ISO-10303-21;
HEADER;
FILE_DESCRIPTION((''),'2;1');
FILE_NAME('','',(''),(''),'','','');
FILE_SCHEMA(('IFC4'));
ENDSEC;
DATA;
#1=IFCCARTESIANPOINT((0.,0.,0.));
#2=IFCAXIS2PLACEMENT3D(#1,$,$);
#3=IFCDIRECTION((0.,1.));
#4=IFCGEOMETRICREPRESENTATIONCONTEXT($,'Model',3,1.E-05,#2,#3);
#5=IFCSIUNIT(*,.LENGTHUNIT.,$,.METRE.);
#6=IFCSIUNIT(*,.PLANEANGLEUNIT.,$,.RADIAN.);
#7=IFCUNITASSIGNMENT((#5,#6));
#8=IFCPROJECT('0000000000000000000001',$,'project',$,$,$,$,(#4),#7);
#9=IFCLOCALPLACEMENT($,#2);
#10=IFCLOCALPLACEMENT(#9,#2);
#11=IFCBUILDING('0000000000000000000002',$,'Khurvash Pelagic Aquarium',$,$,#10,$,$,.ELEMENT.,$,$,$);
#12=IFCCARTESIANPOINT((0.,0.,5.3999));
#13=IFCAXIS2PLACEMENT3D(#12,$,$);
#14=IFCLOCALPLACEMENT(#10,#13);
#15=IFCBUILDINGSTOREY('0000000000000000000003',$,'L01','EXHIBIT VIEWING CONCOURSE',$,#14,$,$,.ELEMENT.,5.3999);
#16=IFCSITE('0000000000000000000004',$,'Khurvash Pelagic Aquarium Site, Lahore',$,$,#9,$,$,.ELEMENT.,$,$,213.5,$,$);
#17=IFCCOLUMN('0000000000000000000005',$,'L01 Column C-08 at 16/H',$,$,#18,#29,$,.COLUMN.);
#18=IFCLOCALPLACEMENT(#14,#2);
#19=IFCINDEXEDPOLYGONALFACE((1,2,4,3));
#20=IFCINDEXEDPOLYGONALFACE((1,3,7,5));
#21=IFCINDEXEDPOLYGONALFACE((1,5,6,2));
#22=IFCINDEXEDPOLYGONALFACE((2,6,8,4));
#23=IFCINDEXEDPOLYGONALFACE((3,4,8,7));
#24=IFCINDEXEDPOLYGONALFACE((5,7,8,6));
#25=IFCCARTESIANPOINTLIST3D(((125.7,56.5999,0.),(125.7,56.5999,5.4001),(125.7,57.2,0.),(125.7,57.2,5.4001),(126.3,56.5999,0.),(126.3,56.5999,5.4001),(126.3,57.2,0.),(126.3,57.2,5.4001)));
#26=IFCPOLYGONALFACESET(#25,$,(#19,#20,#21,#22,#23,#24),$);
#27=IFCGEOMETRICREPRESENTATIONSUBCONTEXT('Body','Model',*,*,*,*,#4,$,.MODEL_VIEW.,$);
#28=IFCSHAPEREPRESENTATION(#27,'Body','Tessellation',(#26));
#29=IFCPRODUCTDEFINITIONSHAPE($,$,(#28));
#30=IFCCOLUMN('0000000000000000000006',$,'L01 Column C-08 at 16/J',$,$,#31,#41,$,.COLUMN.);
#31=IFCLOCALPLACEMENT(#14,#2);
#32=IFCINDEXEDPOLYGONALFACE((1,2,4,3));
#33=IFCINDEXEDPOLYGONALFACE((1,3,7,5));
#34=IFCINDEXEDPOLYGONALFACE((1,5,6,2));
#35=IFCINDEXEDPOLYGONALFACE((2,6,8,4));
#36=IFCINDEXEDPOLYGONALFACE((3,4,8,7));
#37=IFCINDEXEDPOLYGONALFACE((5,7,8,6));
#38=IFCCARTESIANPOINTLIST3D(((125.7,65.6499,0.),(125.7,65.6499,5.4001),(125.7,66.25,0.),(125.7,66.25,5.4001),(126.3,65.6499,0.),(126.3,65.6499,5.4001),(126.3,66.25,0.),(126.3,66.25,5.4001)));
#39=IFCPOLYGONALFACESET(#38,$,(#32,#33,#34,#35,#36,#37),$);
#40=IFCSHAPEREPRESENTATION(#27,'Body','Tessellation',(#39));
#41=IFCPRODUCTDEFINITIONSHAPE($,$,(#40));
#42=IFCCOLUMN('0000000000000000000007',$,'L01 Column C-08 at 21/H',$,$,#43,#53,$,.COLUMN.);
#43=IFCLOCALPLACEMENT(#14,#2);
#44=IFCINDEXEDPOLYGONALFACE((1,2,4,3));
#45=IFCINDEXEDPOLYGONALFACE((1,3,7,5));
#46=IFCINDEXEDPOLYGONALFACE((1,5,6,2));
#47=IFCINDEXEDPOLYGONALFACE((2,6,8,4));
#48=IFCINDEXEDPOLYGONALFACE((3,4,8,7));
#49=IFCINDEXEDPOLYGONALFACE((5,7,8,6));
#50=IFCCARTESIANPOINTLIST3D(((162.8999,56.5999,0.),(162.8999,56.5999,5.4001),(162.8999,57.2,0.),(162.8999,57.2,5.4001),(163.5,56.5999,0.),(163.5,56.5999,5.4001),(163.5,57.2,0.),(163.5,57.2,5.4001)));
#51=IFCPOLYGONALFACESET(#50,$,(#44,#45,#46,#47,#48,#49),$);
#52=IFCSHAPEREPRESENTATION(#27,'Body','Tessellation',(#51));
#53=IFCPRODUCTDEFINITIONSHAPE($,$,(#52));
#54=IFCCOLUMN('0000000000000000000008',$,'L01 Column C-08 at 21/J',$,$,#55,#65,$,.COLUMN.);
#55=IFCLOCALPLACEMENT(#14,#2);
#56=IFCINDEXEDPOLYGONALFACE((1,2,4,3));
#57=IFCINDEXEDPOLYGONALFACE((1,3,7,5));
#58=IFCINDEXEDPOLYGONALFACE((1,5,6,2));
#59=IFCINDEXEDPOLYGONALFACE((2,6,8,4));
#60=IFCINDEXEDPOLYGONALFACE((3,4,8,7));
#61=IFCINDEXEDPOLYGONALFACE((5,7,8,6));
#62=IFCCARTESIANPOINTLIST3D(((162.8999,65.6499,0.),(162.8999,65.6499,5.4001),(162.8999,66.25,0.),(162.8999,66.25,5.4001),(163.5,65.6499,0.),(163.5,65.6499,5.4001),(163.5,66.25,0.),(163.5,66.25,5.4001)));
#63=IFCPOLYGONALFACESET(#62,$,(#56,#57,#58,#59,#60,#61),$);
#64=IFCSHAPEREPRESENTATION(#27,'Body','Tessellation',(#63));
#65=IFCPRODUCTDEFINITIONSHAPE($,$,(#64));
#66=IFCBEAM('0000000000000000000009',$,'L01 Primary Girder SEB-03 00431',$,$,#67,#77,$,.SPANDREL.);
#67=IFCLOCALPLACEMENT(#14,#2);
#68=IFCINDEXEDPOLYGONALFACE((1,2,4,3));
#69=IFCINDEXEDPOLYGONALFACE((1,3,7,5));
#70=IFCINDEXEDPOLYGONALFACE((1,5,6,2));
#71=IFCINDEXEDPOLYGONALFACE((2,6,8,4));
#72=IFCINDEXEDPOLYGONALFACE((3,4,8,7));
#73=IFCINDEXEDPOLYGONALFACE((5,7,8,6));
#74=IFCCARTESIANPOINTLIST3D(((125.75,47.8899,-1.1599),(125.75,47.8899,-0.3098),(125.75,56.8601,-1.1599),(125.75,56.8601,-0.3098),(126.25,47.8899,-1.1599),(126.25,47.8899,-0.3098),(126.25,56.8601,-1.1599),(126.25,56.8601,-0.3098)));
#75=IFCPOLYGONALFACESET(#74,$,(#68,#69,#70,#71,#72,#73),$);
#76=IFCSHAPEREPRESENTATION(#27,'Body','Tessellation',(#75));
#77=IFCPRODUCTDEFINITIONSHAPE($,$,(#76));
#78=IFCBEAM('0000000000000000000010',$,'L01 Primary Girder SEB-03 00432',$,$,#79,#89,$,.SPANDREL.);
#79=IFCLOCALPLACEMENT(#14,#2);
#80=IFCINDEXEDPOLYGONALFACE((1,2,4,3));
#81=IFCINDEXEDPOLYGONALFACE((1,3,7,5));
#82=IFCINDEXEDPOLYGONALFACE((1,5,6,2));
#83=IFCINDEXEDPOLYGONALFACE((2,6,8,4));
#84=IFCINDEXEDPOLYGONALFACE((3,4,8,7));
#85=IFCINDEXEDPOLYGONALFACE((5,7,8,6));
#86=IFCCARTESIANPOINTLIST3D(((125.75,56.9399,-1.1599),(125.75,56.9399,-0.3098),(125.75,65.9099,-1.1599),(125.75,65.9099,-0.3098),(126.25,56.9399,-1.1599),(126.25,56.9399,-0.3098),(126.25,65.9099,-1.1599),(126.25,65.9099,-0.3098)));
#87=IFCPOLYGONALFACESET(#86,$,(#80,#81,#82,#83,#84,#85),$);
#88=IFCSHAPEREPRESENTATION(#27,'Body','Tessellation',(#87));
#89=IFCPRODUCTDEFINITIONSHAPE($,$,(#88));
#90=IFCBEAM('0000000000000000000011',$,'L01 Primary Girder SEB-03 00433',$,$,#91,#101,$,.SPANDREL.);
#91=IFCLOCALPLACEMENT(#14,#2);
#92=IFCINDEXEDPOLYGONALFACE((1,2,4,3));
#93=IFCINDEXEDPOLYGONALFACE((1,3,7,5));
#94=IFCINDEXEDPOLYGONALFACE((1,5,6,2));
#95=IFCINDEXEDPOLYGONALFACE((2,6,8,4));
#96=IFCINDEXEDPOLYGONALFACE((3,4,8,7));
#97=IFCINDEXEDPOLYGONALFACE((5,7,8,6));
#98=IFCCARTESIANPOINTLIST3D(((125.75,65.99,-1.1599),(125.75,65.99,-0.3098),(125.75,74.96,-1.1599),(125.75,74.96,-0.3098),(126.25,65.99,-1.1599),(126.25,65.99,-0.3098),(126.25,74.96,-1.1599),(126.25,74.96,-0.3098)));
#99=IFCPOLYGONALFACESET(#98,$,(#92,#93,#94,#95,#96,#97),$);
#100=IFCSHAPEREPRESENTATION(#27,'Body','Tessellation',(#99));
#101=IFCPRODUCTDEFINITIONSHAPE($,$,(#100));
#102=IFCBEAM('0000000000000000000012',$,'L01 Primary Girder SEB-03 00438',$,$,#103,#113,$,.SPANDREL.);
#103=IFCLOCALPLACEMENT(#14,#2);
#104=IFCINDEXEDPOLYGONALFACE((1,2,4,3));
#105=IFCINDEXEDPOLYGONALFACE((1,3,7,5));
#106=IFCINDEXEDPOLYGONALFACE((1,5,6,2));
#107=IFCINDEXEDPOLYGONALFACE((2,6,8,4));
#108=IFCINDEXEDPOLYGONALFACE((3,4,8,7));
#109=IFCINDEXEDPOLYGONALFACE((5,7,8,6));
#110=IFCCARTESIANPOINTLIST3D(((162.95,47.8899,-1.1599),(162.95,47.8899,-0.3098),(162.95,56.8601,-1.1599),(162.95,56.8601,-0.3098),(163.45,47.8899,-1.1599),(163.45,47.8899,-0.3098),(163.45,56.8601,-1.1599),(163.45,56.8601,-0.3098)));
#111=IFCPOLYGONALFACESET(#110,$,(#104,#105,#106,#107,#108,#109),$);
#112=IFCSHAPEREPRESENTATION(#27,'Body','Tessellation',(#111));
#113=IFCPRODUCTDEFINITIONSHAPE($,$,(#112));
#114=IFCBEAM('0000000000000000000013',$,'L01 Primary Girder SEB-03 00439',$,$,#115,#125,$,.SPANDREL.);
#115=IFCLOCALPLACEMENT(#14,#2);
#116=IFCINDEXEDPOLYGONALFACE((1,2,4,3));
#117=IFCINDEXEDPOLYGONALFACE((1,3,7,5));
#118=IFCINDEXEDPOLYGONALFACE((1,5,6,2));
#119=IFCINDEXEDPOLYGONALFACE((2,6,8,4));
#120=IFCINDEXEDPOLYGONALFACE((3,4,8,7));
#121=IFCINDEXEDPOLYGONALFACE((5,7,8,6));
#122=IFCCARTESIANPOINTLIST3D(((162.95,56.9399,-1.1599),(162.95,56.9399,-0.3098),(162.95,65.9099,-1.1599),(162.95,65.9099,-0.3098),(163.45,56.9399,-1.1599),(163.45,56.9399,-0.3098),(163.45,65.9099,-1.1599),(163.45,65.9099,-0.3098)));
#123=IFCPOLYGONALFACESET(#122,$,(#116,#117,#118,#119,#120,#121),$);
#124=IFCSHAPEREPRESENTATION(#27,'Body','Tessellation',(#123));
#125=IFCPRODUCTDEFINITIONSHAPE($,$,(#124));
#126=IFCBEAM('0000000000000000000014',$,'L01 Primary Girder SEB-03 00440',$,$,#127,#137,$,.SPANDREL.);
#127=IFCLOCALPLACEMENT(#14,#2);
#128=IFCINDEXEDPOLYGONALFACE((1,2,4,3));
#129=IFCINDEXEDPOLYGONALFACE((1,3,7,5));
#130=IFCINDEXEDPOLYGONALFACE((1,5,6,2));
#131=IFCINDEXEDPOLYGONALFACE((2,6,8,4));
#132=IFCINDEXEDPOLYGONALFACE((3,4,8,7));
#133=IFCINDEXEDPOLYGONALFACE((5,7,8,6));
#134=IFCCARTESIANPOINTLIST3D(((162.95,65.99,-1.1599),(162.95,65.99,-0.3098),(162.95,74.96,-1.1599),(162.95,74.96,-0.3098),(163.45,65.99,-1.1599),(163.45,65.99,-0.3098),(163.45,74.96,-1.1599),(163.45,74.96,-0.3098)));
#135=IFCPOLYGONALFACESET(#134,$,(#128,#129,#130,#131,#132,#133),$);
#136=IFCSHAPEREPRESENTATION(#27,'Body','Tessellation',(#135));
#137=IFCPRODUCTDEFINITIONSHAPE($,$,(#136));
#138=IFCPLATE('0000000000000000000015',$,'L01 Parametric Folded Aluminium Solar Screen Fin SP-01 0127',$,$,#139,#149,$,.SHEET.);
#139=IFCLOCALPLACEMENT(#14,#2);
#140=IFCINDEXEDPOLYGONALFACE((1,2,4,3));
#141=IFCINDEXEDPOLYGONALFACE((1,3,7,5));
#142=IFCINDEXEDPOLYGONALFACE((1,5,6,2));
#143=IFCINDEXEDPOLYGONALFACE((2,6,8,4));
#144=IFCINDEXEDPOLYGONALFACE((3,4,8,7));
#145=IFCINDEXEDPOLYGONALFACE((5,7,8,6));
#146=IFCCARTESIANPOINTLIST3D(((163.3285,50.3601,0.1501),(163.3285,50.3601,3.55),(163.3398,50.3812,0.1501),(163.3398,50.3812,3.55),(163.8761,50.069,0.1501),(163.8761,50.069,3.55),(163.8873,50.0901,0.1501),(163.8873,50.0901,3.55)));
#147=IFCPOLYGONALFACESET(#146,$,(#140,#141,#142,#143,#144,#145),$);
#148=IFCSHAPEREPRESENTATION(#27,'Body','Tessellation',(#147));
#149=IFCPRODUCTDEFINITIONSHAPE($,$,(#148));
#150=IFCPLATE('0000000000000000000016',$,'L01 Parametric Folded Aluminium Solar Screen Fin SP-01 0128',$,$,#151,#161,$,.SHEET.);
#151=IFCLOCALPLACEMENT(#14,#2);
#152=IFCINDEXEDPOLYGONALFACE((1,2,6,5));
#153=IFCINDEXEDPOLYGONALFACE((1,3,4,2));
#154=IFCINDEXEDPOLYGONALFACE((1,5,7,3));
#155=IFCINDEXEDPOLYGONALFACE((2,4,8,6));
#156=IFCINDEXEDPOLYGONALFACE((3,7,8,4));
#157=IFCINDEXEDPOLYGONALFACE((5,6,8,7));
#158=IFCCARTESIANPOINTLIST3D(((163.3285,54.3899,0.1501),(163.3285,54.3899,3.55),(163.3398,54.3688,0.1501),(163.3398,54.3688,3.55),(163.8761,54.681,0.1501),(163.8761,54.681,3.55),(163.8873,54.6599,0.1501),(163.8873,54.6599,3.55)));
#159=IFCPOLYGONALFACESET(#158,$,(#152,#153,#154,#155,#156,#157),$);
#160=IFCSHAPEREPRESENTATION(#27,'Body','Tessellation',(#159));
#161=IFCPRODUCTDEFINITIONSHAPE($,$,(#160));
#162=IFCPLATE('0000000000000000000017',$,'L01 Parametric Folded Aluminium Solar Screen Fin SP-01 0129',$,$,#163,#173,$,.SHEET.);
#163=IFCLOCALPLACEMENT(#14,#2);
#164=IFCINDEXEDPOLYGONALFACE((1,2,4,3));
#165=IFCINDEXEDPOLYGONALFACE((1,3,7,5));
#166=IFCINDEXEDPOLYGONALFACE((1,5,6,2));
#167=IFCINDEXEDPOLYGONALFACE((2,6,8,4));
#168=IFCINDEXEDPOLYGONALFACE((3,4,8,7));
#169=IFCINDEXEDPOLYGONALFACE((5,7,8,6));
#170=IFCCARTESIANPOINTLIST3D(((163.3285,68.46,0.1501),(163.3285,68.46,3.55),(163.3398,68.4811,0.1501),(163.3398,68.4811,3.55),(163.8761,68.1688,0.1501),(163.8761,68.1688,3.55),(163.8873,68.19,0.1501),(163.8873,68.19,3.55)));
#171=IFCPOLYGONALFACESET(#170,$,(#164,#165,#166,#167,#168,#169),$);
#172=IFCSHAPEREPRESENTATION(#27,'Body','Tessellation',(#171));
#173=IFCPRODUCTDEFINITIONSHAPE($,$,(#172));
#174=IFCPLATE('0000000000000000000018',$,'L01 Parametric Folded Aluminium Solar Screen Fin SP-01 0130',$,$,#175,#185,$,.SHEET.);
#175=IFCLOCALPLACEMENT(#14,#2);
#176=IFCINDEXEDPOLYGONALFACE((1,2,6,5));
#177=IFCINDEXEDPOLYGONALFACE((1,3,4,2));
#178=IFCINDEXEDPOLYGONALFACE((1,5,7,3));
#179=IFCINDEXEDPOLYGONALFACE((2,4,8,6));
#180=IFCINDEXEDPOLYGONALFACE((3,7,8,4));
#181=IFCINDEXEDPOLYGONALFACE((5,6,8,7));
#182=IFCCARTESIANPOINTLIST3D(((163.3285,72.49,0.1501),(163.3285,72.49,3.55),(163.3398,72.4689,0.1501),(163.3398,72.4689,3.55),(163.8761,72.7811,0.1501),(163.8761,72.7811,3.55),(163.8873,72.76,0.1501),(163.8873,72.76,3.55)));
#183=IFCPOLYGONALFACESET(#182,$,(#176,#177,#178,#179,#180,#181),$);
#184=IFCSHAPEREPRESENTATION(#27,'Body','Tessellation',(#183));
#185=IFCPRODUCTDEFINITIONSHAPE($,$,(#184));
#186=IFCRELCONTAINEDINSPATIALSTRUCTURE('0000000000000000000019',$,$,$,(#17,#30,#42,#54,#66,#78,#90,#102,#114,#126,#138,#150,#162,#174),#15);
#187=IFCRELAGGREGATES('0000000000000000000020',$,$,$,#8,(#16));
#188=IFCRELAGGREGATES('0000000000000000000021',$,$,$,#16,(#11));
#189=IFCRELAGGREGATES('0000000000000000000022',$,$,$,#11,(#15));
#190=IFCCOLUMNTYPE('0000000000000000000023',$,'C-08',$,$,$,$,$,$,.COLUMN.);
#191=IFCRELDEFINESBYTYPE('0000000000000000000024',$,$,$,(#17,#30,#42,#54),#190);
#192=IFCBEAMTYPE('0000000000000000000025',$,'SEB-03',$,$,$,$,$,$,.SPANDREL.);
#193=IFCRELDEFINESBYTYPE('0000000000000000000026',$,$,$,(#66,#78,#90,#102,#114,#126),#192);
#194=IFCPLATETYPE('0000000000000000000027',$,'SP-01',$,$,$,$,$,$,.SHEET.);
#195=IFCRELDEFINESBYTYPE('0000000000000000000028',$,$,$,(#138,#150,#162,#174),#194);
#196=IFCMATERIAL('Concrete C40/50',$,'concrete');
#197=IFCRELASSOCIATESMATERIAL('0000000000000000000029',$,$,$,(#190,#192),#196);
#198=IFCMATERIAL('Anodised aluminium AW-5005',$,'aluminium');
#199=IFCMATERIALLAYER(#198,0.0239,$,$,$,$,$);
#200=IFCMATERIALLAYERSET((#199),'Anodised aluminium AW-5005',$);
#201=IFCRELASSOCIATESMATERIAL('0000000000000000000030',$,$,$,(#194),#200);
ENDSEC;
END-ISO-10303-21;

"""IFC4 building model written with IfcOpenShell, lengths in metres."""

from ifc_helpers import new_model, si_unit, direction, frame, origin, origin_2d, place, context, subcontext, project, spatial, rectangle, extrude, material, layer, layer_set, material_profile, profile_set, type_object, element, save


model = new_model("IFC4")

# Units and contexts
model_context = context("Model", 3, precision=1e-05, world=origin(), true_north=direction((0.0, 1.0)))
body_context = subcontext(model_context, "Body", "Model", "MODEL_VIEW")
ifc_project = project(units=[si_unit("LENGTHUNIT", "METRE"), si_unit("PLANEANGLEUNIT", "RADIAN")], contexts=[model_context])

# Site, building, storey
site_placement = place(None, origin())
site = spatial("IfcSite", under=ifc_project, at=site_placement, Name="Khurvash Pelagic Aquarium Site, Lahore", CompositionType="ELEMENT", RefElevation=213.5)
building_placement = place(site_placement, origin())
building = spatial("IfcBuilding", under=site, at=building_placement, Name="Khurvash Pelagic Aquarium", CompositionType="ELEMENT")
storey_placement = place(building_placement, frame((0.0, 0.0, 5.3999)))
storey = spatial("IfcBuildingStorey", under=building, at=storey_placement, Name="L01", Description="EXHIBIT VIEWING CONCOURSE", CompositionType="ELEMENT", Elevation=5.3999)

# Columns
ifc_material_1 = material(Name="Concrete C40/50", Category="concrete")
ifc_material_profile_1 = material_profile(ifc_material_1, rectangle(XDim=0.6001, YDim=0.6001, at=origin_2d()), Name="RC600X600")
ifc_profile_set_1 = profile_set([ifc_material_profile_1], Name="Concrete C40/50")
column_type = type_object("IfcColumnType", Name="C-08", PredefinedType="COLUMN", material=ifc_profile_set_1)
for number, where, z_axis, x_axis, name in (
    (1, (126.0, 56.8999, 0.0), (0.0, 0.0, 1.0), (1.0, 0.0, 0.0), "L01 Column C-08 at 16/H"),
    (2, (126.0, 65.95, 0.0), (0.0, 0.0, 1.0), (1.0, 0.0, 0.0), "L01 Column C-08 at 16/J"),
    (3, (163.2, 56.8999, 0.0), (0.0, 0.0, 1.0), (1.0, 0.0, 0.0), "L01 Column C-08 at 21/H"),
    (4, (163.2, 65.95, 0.0), (0.0, 0.0, 1.0), (1.0, 0.0, 0.0), "L01 Column C-08 at 21/J"),
):
    element("IfcColumn", number, at=place(storey_placement, frame(where, z_axis=z_axis, x_axis=x_axis)), inside=storey, type_object=column_type, Name=name, PredefinedType="COLUMN", context=body_context, shape_type="SweptSolid", body=[
        extrude(rectangle(XDim=0.6001, YDim=0.6001, at=origin_2d()), origin(), (0.0, 0.0, 1.0), 5.4001),
    ])

# Beams
ifc_material_profile_2 = material_profile(ifc_material_1, rectangle(XDim=0.5, YDim=0.8501, at=origin_2d()), Name="RC500X850")
ifc_profile_set_2 = profile_set([ifc_material_profile_2], Name="Concrete C40/50")
beam_type = type_object("IfcBeamType", Name="SEB-03", PredefinedType="SPANDREL", material=ifc_profile_set_2)
beam_1_placement = place(storey_placement, frame((126.0, 47.8899, -0.7349), z_axis=(0.0, 1.0, 0.0), x_axis=(-1.0, 0.0, 0.0)))
element("IfcBeam", 5, at=beam_1_placement, inside=storey, type_object=beam_type, Name="L01 Primary Girder SEB-03 00431", PredefinedType="SPANDREL", context=body_context, shape_type="SweptSolid", body=[
    extrude(rectangle(XDim=0.5, YDim=0.8501, at=origin_2d()), origin(), (0.0, 0.0, 1.0), 8.9702),
])
for number, where, z_axis, x_axis, name in (
    (6, (126.0, 56.9399, -0.7349), (0.0, 1.0, 0.0), (-1.0, 0.0, 0.0), "L01 Primary Girder SEB-03 00432"),
    (7, (126.0, 65.99, -0.7349), (0.0, 1.0, 0.0), (-1.0, 0.0, 0.0), "L01 Primary Girder SEB-03 00433"),
):
    element("IfcBeam", number, at=place(storey_placement, frame(where, z_axis=z_axis, x_axis=x_axis)), inside=storey, type_object=beam_type, Name=name, PredefinedType="SPANDREL", context=body_context, shape_type="SweptSolid", body=[
        extrude(rectangle(XDim=0.5, YDim=0.8501, at=origin_2d()), origin(), (0.0, 0.0, 1.0), 8.97),
    ])
beam_2_placement = place(storey_placement, frame((163.2, 47.8899, -0.7349), z_axis=(0.0, 1.0, 0.0), x_axis=(-1.0, 0.0, 0.0)))
element("IfcBeam", 8, at=beam_2_placement, inside=storey, type_object=beam_type, Name="L01 Primary Girder SEB-03 00438", PredefinedType="SPANDREL", context=body_context, shape_type="SweptSolid", body=[
    extrude(rectangle(XDim=0.5, YDim=0.8501, at=origin_2d()), origin(), (0.0, 0.0, 1.0), 8.9702),
])
for number, where, z_axis, x_axis, name in (
    (9, (163.2, 56.9399, -0.7349), (0.0, 1.0, 0.0), (-1.0, 0.0, 0.0), "L01 Primary Girder SEB-03 00439"),
    (10, (163.2, 65.99, -0.7349), (0.0, 1.0, 0.0), (-1.0, 0.0, 0.0), "L01 Primary Girder SEB-03 00440"),
):
    element("IfcBeam", number, at=place(storey_placement, frame(where, z_axis=z_axis, x_axis=x_axis)), inside=storey, type_object=beam_type, Name=name, PredefinedType="SPANDREL", context=body_context, shape_type="SweptSolid", body=[
        extrude(rectangle(XDim=0.5, YDim=0.8501, at=origin_2d()), origin(), (0.0, 0.0, 1.0), 8.97),
    ])

# Plates
ifc_material_2 = material(Name="Anodised aluminium AW-5005", Category="aluminium")
ifc_layer_1 = layer(ifc_material_2, 0.0239)
ifc_layer_set_1 = layer_set([ifc_layer_1], Name="Anodised aluminium AW-5005")
plate_type = type_object("IfcPlateType", Name="SP-01", PredefinedType="SHEET", material=ifc_layer_set_1)
for number, where, z_axis, x_axis, name in (
    (11, (163.6079, 50.2251, 0.1501), (0.0, 0.0, 1.0), (0.882948, -0.469472, 0.0), "L01 Parametric Folded Aluminium Solar Screen Fin SP-01 0127"),
    (12, (163.6079, 54.5249, 0.1501), (0.0, 0.0, 1.0), (0.882948, 0.469472, 0.0), "L01 Parametric Folded Aluminium Solar Screen Fin SP-01 0128"),
    (13, (163.6079, 68.325, 0.1501), (0.0, 0.0, 1.0), (0.882948, -0.469472, 0.0), "L01 Parametric Folded Aluminium Solar Screen Fin SP-01 0129"),
    (14, (163.6079, 72.625, 0.1501), (0.0, 0.0, 1.0), (0.882948, 0.469472, 0.0), "L01 Parametric Folded Aluminium Solar Screen Fin SP-01 0130"),
):
    element("IfcPlate", number, at=place(storey_placement, frame(where, z_axis=z_axis, x_axis=x_axis)), inside=storey, type_object=plate_type, Name=name, PredefinedType="SHEET", context=body_context, shape_type="SweptSolid", body=[
        extrude(rectangle(XDim=0.6201, YDim=0.0239, at=origin_2d()), origin(), (0.0, 0.0, 1.0), 3.3999),
    ])

save(model, "model.ifc")
